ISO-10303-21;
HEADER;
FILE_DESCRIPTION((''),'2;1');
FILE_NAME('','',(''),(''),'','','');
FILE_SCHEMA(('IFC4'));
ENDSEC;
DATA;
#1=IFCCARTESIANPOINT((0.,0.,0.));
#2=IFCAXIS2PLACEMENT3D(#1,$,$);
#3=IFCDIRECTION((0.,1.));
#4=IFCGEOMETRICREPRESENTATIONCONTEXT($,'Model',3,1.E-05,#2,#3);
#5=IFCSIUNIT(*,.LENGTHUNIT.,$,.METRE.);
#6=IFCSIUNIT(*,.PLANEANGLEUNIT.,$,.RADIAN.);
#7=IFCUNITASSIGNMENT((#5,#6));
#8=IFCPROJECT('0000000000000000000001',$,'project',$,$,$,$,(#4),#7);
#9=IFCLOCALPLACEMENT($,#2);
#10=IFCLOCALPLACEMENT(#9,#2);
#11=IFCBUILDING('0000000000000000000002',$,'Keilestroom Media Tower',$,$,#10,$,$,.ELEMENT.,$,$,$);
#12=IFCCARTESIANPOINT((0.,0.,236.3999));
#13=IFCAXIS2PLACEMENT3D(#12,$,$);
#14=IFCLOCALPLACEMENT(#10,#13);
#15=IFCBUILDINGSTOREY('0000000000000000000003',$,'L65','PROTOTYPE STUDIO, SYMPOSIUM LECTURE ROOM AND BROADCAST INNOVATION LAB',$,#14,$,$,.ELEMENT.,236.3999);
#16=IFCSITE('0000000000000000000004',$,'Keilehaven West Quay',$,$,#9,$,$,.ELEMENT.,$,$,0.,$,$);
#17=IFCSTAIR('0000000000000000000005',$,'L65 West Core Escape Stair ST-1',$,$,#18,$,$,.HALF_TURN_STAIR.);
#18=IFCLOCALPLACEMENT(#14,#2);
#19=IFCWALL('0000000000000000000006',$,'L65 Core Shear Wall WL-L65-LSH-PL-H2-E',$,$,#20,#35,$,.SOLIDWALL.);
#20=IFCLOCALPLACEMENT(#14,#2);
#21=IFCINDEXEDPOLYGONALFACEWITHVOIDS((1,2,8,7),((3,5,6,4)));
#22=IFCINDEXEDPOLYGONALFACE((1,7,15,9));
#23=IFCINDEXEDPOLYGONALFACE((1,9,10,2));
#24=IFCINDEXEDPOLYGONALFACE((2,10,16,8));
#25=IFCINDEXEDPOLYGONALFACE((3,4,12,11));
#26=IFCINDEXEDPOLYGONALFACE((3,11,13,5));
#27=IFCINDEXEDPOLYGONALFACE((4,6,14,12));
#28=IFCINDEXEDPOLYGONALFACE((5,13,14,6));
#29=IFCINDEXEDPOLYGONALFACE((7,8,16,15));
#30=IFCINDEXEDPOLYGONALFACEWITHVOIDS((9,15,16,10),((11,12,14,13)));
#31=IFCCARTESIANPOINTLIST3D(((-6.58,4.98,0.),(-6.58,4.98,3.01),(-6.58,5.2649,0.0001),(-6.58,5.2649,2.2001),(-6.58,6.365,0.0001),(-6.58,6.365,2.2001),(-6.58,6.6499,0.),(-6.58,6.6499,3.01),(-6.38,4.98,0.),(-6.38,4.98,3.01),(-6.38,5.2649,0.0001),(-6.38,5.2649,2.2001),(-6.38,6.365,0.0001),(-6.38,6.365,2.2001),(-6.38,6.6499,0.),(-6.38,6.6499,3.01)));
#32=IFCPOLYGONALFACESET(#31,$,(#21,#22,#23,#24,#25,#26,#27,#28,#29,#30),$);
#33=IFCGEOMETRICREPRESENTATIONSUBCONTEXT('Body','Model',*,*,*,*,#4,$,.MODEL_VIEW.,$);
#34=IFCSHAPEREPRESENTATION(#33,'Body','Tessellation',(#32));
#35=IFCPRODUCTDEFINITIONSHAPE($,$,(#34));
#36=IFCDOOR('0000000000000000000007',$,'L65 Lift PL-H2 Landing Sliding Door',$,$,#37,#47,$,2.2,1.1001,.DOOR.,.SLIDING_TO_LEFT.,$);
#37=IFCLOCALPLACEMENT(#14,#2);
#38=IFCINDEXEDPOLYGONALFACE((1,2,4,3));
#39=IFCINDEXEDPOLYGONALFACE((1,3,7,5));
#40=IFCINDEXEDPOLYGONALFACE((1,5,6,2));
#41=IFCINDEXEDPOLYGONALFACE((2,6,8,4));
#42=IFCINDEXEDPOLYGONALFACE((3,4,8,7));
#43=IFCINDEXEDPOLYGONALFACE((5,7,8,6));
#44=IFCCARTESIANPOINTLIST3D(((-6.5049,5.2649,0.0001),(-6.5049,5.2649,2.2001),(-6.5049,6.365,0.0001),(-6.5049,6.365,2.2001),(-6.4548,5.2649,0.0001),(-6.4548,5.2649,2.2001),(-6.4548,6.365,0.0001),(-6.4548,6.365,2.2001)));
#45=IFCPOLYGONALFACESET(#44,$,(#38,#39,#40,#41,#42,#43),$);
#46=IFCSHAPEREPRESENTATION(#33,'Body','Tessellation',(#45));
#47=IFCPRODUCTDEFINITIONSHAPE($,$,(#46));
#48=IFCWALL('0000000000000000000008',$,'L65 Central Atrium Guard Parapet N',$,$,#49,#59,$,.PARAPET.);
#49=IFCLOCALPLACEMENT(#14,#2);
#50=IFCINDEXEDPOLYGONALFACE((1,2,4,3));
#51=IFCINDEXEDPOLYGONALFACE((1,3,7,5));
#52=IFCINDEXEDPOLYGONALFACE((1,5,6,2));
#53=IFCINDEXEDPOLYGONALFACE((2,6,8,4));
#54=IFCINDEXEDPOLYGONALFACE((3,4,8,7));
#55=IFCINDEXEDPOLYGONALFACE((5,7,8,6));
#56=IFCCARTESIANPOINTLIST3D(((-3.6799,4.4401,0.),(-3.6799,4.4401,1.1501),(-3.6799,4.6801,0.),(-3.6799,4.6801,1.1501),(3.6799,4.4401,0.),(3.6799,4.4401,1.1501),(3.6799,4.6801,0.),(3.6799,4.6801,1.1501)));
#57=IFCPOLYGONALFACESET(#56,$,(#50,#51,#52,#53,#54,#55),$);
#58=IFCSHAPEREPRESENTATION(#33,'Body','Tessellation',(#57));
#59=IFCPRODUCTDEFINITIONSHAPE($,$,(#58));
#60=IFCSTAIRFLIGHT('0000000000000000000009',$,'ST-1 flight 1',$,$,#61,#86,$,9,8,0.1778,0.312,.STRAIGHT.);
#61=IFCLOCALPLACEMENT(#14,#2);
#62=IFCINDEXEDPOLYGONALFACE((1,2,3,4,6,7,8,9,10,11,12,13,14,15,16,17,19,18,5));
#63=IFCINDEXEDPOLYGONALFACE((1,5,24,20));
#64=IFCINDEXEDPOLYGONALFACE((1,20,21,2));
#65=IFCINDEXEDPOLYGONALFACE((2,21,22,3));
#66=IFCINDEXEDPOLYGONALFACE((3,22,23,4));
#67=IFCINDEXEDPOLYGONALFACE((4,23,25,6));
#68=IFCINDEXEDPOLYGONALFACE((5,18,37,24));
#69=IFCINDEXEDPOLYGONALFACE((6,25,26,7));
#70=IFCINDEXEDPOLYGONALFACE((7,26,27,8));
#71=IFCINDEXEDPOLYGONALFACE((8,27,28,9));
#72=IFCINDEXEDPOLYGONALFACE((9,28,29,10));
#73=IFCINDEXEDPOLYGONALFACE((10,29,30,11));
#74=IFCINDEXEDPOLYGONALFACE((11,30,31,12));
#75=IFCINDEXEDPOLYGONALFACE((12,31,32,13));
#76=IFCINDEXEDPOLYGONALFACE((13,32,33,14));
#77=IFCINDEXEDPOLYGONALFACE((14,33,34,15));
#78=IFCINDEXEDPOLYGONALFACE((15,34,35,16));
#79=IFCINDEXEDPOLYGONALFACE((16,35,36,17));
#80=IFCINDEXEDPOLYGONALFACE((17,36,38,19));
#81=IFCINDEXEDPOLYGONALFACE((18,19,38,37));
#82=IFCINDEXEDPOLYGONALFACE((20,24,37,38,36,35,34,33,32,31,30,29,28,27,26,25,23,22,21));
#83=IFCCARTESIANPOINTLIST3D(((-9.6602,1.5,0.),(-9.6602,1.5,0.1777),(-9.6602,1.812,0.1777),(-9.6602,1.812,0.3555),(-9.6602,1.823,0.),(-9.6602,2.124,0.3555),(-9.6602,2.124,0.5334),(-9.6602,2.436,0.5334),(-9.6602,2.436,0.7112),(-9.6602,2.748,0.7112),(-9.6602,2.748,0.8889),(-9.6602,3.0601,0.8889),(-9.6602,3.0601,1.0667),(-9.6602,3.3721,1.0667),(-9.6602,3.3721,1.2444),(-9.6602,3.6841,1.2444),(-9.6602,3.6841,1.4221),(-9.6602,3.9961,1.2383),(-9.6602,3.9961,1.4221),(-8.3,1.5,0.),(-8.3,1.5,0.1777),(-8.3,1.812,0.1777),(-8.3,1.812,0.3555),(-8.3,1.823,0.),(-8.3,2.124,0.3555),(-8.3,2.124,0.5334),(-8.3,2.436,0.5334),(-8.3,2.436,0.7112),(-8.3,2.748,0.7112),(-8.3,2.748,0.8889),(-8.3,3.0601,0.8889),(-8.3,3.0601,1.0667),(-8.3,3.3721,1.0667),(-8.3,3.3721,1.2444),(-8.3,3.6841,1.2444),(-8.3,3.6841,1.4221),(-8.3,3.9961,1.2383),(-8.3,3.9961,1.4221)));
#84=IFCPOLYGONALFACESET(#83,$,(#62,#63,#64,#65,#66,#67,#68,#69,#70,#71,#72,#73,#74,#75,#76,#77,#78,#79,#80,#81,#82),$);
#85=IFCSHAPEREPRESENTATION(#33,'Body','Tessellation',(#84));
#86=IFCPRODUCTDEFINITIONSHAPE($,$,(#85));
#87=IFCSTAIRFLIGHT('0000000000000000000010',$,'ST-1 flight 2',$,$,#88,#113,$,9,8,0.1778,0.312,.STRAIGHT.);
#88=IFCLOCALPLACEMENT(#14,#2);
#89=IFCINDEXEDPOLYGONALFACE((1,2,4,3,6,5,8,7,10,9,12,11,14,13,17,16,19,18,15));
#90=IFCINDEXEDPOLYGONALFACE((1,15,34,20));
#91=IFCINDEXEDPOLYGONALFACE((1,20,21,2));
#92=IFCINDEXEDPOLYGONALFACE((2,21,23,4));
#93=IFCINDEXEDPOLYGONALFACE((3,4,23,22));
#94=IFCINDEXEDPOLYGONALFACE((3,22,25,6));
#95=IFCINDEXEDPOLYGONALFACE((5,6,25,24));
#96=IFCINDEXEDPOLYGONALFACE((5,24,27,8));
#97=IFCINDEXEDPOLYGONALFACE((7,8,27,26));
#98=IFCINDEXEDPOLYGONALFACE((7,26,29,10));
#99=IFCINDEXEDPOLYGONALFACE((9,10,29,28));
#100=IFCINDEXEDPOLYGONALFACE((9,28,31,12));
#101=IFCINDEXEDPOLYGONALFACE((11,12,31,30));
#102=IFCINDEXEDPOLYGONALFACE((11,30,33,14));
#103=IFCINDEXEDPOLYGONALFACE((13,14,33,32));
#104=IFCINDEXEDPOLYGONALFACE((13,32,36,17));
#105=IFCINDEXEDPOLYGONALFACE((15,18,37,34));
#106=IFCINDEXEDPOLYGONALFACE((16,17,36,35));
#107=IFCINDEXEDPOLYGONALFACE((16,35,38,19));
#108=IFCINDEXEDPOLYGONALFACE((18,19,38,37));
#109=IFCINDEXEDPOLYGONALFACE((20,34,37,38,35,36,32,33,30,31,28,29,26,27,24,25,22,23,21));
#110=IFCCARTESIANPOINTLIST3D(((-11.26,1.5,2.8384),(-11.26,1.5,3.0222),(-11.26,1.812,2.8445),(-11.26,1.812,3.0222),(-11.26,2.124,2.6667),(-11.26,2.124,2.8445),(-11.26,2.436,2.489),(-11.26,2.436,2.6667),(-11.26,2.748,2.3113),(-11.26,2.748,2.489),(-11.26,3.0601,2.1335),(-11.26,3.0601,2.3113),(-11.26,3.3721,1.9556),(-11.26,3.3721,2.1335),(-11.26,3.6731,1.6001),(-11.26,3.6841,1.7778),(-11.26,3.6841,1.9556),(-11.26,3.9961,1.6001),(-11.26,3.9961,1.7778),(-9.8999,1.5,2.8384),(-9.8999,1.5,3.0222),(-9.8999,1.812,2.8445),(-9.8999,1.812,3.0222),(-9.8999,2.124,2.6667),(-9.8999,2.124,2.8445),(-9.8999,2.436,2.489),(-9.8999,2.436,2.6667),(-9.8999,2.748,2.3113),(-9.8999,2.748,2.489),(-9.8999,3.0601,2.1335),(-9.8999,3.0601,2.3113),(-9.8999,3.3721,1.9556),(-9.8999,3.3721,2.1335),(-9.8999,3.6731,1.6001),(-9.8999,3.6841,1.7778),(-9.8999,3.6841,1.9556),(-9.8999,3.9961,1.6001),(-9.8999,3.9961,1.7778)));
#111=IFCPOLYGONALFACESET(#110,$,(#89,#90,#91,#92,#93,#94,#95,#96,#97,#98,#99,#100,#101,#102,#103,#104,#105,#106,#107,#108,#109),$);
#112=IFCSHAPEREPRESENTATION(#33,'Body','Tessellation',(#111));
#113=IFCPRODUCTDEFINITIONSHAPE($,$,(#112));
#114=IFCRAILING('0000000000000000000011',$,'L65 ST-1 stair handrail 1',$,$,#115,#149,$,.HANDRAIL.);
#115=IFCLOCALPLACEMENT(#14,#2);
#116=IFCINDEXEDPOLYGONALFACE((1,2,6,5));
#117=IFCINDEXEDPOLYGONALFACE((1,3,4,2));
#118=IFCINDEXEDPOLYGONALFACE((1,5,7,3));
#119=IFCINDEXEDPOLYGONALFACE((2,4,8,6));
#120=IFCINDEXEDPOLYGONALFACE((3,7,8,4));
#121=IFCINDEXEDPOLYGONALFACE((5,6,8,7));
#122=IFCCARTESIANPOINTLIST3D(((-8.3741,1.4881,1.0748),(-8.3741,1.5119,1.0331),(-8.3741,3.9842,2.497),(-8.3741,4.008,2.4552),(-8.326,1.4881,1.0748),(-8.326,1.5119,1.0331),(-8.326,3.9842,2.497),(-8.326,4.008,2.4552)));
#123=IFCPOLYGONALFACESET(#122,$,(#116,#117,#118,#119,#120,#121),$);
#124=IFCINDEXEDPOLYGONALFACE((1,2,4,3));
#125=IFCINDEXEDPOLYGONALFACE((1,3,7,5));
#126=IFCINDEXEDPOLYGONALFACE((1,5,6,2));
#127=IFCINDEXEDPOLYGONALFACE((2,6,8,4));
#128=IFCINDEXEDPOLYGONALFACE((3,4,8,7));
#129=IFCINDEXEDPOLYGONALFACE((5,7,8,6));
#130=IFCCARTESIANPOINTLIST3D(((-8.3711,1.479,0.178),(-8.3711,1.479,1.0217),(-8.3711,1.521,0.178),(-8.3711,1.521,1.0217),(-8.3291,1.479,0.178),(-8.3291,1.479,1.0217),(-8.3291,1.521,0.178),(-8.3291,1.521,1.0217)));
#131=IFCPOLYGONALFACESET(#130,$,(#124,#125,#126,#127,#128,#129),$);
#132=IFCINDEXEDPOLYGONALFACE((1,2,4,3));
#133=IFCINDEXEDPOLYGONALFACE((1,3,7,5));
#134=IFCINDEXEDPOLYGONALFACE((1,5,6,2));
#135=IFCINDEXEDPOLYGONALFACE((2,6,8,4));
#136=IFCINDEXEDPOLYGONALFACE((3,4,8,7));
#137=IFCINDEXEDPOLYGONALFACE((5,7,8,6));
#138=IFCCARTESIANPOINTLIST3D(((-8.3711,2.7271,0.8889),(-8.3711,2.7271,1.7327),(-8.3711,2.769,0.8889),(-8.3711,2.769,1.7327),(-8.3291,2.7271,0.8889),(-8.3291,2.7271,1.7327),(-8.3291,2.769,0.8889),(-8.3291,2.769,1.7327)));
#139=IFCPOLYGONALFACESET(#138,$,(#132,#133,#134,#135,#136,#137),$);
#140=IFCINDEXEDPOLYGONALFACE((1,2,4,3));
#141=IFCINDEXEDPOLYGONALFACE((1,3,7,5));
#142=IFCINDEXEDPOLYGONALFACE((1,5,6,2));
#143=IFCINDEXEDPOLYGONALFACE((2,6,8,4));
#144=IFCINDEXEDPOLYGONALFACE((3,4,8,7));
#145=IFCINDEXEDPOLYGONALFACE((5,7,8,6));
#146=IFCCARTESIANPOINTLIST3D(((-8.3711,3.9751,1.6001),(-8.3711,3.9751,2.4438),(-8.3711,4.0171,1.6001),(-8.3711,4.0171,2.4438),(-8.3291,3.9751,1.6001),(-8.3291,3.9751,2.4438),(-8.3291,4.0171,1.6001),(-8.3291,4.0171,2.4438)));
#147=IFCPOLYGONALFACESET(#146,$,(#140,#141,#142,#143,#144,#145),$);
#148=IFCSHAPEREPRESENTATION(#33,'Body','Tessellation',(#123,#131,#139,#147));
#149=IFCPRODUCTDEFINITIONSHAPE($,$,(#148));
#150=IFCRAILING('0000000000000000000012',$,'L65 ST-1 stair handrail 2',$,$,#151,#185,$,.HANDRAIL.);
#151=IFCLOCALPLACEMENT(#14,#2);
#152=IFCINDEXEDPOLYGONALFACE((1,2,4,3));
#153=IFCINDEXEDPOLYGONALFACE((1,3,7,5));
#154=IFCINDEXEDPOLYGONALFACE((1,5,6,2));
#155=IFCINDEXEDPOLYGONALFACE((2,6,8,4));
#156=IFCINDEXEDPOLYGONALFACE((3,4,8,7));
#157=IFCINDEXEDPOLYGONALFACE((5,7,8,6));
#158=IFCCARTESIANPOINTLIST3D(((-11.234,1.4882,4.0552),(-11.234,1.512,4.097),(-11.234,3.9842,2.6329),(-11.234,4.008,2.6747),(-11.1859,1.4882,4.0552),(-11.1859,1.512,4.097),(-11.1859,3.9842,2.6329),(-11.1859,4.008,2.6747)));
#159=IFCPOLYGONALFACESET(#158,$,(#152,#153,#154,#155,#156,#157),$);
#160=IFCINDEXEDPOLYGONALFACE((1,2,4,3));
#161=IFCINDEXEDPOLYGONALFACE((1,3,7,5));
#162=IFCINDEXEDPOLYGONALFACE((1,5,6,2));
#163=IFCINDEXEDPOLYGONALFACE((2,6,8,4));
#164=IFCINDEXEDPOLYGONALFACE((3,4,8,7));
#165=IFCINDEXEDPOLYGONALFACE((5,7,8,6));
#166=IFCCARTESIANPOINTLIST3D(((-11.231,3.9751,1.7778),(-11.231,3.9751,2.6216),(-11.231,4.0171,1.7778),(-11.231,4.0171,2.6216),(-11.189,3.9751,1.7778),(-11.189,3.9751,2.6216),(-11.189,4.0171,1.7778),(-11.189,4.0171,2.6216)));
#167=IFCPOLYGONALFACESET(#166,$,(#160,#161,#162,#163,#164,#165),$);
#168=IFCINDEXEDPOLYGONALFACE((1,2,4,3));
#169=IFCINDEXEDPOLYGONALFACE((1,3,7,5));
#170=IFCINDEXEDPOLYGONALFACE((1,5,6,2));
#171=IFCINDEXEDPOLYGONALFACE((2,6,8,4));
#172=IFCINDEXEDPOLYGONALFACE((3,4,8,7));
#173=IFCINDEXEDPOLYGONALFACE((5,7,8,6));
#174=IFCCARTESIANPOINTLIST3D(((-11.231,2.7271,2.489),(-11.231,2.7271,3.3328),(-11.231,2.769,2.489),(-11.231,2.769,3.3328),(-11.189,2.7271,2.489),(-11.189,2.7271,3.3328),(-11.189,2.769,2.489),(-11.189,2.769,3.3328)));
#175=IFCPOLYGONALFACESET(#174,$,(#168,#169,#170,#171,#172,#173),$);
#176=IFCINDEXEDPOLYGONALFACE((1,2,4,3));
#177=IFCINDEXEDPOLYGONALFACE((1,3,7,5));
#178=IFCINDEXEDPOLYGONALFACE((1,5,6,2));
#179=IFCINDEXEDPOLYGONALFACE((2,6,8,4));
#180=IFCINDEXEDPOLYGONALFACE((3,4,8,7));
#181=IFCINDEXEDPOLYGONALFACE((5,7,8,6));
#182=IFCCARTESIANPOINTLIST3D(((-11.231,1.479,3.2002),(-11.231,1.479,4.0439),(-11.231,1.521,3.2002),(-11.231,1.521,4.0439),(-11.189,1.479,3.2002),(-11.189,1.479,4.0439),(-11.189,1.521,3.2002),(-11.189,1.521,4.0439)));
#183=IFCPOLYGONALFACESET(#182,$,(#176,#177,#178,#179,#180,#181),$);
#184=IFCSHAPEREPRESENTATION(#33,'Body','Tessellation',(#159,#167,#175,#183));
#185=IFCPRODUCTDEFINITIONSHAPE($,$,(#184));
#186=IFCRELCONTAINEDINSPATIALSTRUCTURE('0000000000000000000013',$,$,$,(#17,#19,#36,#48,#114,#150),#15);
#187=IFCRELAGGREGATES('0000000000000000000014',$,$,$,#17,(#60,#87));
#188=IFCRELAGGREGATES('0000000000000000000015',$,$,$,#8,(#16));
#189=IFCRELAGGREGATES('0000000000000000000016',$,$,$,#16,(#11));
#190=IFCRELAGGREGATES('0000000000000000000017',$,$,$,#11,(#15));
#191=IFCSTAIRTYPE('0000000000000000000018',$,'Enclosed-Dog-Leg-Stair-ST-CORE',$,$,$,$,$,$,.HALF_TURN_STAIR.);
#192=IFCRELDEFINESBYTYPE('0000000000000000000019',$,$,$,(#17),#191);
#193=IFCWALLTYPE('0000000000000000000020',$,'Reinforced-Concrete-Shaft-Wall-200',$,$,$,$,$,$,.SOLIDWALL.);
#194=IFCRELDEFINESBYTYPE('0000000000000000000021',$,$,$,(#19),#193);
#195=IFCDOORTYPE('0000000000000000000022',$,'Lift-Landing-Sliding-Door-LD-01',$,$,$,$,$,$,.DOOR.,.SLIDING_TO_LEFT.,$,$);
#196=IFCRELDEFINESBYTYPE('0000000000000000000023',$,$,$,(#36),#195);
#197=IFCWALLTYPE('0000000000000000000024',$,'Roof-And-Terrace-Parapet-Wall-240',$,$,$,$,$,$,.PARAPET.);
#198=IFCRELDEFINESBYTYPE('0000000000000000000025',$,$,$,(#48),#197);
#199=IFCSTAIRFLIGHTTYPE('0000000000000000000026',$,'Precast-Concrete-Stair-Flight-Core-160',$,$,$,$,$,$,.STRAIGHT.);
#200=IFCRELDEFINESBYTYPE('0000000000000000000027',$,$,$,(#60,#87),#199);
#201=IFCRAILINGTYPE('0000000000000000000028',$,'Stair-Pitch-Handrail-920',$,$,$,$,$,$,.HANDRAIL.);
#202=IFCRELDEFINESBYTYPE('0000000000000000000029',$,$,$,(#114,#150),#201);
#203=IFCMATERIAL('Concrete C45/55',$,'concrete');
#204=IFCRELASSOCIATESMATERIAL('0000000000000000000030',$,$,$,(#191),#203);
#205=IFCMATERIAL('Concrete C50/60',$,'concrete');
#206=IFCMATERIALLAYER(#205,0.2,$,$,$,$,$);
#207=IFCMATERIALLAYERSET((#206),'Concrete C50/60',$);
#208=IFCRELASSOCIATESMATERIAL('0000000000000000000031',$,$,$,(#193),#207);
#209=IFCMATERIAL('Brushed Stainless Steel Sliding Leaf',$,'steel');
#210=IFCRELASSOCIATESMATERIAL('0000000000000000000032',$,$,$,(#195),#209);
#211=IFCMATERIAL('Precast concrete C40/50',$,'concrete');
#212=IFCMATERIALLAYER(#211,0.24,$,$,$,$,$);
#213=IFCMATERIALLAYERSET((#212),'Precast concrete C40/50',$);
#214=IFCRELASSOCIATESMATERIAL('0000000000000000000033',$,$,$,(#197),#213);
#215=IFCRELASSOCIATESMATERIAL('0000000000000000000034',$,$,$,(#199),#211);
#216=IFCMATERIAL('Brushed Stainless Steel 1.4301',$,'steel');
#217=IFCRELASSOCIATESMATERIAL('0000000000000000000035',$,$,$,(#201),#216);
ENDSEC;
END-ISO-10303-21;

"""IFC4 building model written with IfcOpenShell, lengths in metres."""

from ifc_helpers import new_model, si_unit, direction, frame, frame_2d, origin, origin_2d, place, context, subcontext, project, spatial, polyline, rectangle, outline, extrude, source, transform, mapped, material, layer, layer_set, type_object, element, fill, aggregate, save


model = new_model("IFC4")

# Units and contexts
model_context = context("Model", 3, precision=1e-05, world=origin(), true_north=direction((0.0, 1.0)))
body_context = subcontext(model_context, "Body", "Model", "MODEL_VIEW")
ifc_project = project(units=[si_unit("LENGTHUNIT", "METRE"), si_unit("PLANEANGLEUNIT", "RADIAN")], contexts=[model_context])

# Site, building, storey
site_placement = place(None, origin())
site = spatial("IfcSite", under=ifc_project, at=site_placement, Name="Keilehaven West Quay", CompositionType="ELEMENT", RefElevation=0.0)
building_placement = place(site_placement, origin())
building = spatial("IfcBuilding", under=site, at=building_placement, Name="Keilestroom Media Tower", CompositionType="ELEMENT")
storey_placement = place(building_placement, frame((0.0, 0.0, 236.3999)))
storey = spatial("IfcBuildingStorey", under=building, at=storey_placement, Name="L65", Description="PROTOTYPE STUDIO, SYMPOSIUM LECTURE ROOM AND BROADCAST INNOVATION LAB", CompositionType="ELEMENT", Elevation=236.3999)

# Stair
ifc_material_1 = material(Name="Concrete C45/55", Category="concrete")
stair_type = type_object("IfcStairType", Name="Enclosed-Dog-Leg-Stair-ST-CORE", PredefinedType="HALF_TURN_STAIR", material=ifc_material_1)
stair_placement = place(storey_placement, origin())
stair = element("IfcStair", 1, at=stair_placement, inside=storey, type_object=stair_type, Name="L65 West Core Escape Stair ST-1", PredefinedType="HALF_TURN_STAIR")

# Shared definitions
ifc_material_2 = material(Name="Concrete C50/60", Category="concrete")
ifc_layer_1 = layer(ifc_material_2, 0.2)
ifc_layer_set_1 = layer_set([ifc_layer_1], Name="Concrete C50/60")
wall_type_1 = type_object("IfcWallType", Name="Reinforced-Concrete-Shaft-Wall-200", PredefinedType="SOLIDWALL", material=ifc_layer_set_1)

# Shared definitions
ifc_material_3 = material(Name="Brushed Stainless Steel Sliding Leaf", Category="steel")
door_type = type_object("IfcDoorType", Name="Lift-Landing-Sliding-Door-LD-01", OperationType="SLIDING_TO_LEFT", PredefinedType="DOOR", material=ifc_material_3)
shared_shape_1 = source(origin(), body_context, "Body", "SweptSolid", [
    extrude(rectangle(XDim=1.1001, YDim=2.2, at=frame_2d((0.55, 1.1001))), frame((0.0, 0.0249, 0.0), z_axis=(0.0, -1.0, 0.0), x_axis=(1.0, 0.0, 0.0)), (0.0, 0.0, 1.0), 0.05),
])

# Wall, opening, door
wall_1_placement = place(storey_placement, frame((-6.48, 4.98, 0.0), z_axis=(0.0, 0.0, 1.0), x_axis=(0.0, 1.0, 0.0)))
wall_1 = element("IfcWall", 2, at=wall_1_placement, inside=storey, type_object=wall_type_1, Name="L65 Core Shear Wall WL-L65-LSH-PL-H2-E", PredefinedType="SOLIDWALL", context=body_context, shape_type="SweptSolid", body=[
    extrude(rectangle(XDim=1.6699, YDim=0.2, at=frame_2d((0.835, 0.0))), origin(), (0.0, 0.0, 1.0), 3.01),
])
opening_1_placement = place(wall_1_placement, frame((0.2849, 0.0, 0.0)))
opening_1 = element("IfcOpeningElement", 3, at=opening_1_placement, cuts=wall_1, PredefinedType="OPENING", context=body_context, shape_type="SweptSolid", body=[
    extrude(rectangle(XDim=1.1001, YDim=2.2, at=frame_2d((0.55, 1.1001))), frame((0.0, 0.1099, 0.0), z_axis=(0.0, -1.0, 0.0), x_axis=(1.0, 0.0, 0.0)), (0.0, 0.0, 1.0), 0.22),
])
door_1_placement = place(opening_1_placement, origin())
door_1 = element("IfcDoor", 4, at=door_1_placement, inside=storey, type_object=door_type, Name="L65 Lift PL-H2 Landing Sliding Door", OperationType="SLIDING_TO_LEFT", OverallHeight=2.2, OverallWidth=1.1001, PredefinedType="DOOR", context=body_context, shape_type="MappedRepresentation", body=[
    mapped(shared_shape_1, transform((0.0, 0.0, 0.0), x_axis=(1.0, 0.0, 0.0), y_axis=(0.0, 1.0, 0.0), z_axis=(0.0, 0.0, 1.0), scale=1.0)),
])
fill(opening_1, door_1)

# Wall
ifc_material_4 = material(Name="Precast concrete C40/50", Category="concrete")
ifc_layer_2 = layer(ifc_material_4, 0.24)
ifc_layer_set_2 = layer_set([ifc_layer_2], Name="Precast concrete C40/50")
wall_type_2 = type_object("IfcWallType", Name="Roof-And-Terrace-Parapet-Wall-240", PredefinedType="PARAPET", material=ifc_layer_set_2)
wall_2_placement = place(storey_placement, frame((-3.6799, 4.5601, 0.0), z_axis=(0.0, 0.0, 1.0), x_axis=(1.0, 0.0, 0.0)))
element("IfcWall", 5, at=wall_2_placement, inside=storey, type_object=wall_type_2, Name="L65 Central Atrium Guard Parapet N", PredefinedType="PARAPET", context=body_context, shape_type="SweptSolid", body=[
    extrude(rectangle(XDim=7.3599, YDim=0.24, at=frame_2d((3.6799, 0.0))), origin(), (0.0, 0.0, 1.0), 1.1501),
])

# Stair flights
stair_flight_type = type_object("IfcStairFlightType", Name="Precast-Concrete-Stair-Flight-Core-160", PredefinedType="STRAIGHT", material=ifc_material_4)
stair_flight_1_placement = place(storey_placement, frame((-8.98, 1.5, 0.0), z_axis=(0.0, 0.0, 1.0), x_axis=(0.0, 1.0, 0.0)))
stair_flight_1 = element("IfcStairFlight", 6, at=stair_flight_1_placement, type_object=stair_flight_type, Name="ST-1 flight 1", NumberOfRisers=9, NumberOfTreads=8, PredefinedType="STRAIGHT", RiserHeight=0.1778, TreadLength=0.312, context=body_context, shape_type="SweptSolid", body=[
    extrude(outline(polyline([(0.0, 0.0), (0.0, 0.1777), (0.312, 0.1777), (0.312, 0.3555), (0.624, 0.3555), (0.624, 0.5334), (0.936, 0.5334), (0.936, 0.7112), (1.248, 0.7112), (1.248, 0.8889), (1.5601, 0.8889), (1.5601, 1.0667), (1.8721, 1.0667), (1.8721, 1.2444), (2.1841, 1.2444), (2.1841, 1.4221), (2.4961, 1.4221), (2.4961, 1.6001), (2.4961, 1.2383), (0.323, 0.0), (0.0, 0.0)])), frame((0.0, 0.6802, 0.0), z_axis=(0.0, -1.0, 0.0), x_axis=(1.0, 0.0, 0.0)), (0.0, 0.0, 1.0), 1.3601),
])
stair_flight_2_placement = place(storey_placement, frame((-10.5801, 3.9961, 1.6001), z_axis=(0.0, 0.0, 1.0), x_axis=(0.0, -1.0, 0.0)))
stair_flight_2 = element("IfcStairFlight", 7, at=stair_flight_2_placement, type_object=stair_flight_type, Name="ST-1 flight 2", NumberOfRisers=9, NumberOfTreads=8, PredefinedType="STRAIGHT", RiserHeight=0.1778, TreadLength=0.312, context=body_context, shape_type="SweptSolid", body=[
    extrude(outline(polyline([(0.0, 0.0), (0.0, 0.1777), (0.312, 0.1777), (0.312, 0.3555), (0.624, 0.3555), (0.624, 0.5334), (0.936, 0.5334), (0.936, 0.7112), (1.248, 0.7112), (1.248, 0.8889), (1.5601, 0.8889), (1.5601, 1.0667), (1.8721, 1.0667), (1.8721, 1.2444), (2.1841, 1.2444), (2.1841, 1.4221), (2.4961, 1.4221), (2.4961, 1.6001), (2.4961, 1.2383), (0.323, 0.0), (0.0, 0.0)])), frame((0.0, 0.6802, 0.0), z_axis=(0.0, -1.0, 0.0), x_axis=(1.0, 0.0, 0.0)), (0.0, 0.0, 1.0), 1.3601),
])
aggregate(stair, [stair_flight_1, stair_flight_2])

# Railings
ifc_material_5 = material(Name="Brushed Stainless Steel 1.4301", Category="steel")
railing_type_1 = type_object("IfcRailingType", Name="Stair-Pitch-Handrail-920", PredefinedType="HANDRAIL", material=ifc_material_5)
railing_1_placement = place(storey_placement, frame((-8.3501, 1.5, 0.178)))
element("IfcRailing", 8, at=railing_1_placement, inside=storey, type_object=railing_type_1, Name="L65 ST-1 stair handrail 1", PredefinedType="HANDRAIL", context=body_context, shape_type="SweptSolid", body=[
    extrude(rectangle(XDim=0.0481, YDim=0.0481, at=origin_2d()), frame((0.0, 0.0, 0.876), z_axis=(0.0, 0.868875, 0.495031), x_axis=(-1.0, 0.0, 0.0)), (0.0, 0.0, 1.0), 2.8728),
    extrude(rectangle(XDim=0.042, YDim=0.042, at=origin_2d()), origin(), (0.0, 0.0, 1.0), 0.8438),
    extrude(rectangle(XDim=0.042, YDim=0.042, at=origin_2d()), frame((0.0, 1.248, 0.7109)), (0.0, 0.0, 1.0), 0.8438),
    extrude(rectangle(XDim=0.042, YDim=0.042, at=origin_2d()), frame((0.0, 2.4961, 1.4221)), (0.0, 0.0, 1.0), 0.8438),
])
railing_2_placement = place(storey_placement, frame((-11.21, 3.9961, 1.7778)))
element("IfcRailing", 9, at=railing_2_placement, inside=storey, type_object=railing_type_1, Name="L65 ST-1 stair handrail 2", PredefinedType="HANDRAIL", context=body_context, shape_type="SweptSolid", body=[
    extrude(rectangle(XDim=0.0481, YDim=0.0481, at=origin_2d()), frame((0.0, 0.0, 0.876), z_axis=(0.0, -0.868839, 0.495095), x_axis=(1.0, 0.0, 0.0)), (0.0, 0.0, 1.0), 2.8728),
    extrude(rectangle(XDim=0.042, YDim=0.042, at=origin_2d()), origin(), (0.0, 0.0, 1.0), 0.8438),
    extrude(rectangle(XDim=0.042, YDim=0.042, at=origin_2d()), frame((0.0, -1.248, 0.7112)), (0.0, 0.0, 1.0), 0.8438),
    extrude(rectangle(XDim=0.042, YDim=0.042, at=origin_2d()), frame((0.0, -2.4961, 1.4224)), (0.0, 0.0, 1.0), 0.8438),
])

save(model, "model.ifc")
